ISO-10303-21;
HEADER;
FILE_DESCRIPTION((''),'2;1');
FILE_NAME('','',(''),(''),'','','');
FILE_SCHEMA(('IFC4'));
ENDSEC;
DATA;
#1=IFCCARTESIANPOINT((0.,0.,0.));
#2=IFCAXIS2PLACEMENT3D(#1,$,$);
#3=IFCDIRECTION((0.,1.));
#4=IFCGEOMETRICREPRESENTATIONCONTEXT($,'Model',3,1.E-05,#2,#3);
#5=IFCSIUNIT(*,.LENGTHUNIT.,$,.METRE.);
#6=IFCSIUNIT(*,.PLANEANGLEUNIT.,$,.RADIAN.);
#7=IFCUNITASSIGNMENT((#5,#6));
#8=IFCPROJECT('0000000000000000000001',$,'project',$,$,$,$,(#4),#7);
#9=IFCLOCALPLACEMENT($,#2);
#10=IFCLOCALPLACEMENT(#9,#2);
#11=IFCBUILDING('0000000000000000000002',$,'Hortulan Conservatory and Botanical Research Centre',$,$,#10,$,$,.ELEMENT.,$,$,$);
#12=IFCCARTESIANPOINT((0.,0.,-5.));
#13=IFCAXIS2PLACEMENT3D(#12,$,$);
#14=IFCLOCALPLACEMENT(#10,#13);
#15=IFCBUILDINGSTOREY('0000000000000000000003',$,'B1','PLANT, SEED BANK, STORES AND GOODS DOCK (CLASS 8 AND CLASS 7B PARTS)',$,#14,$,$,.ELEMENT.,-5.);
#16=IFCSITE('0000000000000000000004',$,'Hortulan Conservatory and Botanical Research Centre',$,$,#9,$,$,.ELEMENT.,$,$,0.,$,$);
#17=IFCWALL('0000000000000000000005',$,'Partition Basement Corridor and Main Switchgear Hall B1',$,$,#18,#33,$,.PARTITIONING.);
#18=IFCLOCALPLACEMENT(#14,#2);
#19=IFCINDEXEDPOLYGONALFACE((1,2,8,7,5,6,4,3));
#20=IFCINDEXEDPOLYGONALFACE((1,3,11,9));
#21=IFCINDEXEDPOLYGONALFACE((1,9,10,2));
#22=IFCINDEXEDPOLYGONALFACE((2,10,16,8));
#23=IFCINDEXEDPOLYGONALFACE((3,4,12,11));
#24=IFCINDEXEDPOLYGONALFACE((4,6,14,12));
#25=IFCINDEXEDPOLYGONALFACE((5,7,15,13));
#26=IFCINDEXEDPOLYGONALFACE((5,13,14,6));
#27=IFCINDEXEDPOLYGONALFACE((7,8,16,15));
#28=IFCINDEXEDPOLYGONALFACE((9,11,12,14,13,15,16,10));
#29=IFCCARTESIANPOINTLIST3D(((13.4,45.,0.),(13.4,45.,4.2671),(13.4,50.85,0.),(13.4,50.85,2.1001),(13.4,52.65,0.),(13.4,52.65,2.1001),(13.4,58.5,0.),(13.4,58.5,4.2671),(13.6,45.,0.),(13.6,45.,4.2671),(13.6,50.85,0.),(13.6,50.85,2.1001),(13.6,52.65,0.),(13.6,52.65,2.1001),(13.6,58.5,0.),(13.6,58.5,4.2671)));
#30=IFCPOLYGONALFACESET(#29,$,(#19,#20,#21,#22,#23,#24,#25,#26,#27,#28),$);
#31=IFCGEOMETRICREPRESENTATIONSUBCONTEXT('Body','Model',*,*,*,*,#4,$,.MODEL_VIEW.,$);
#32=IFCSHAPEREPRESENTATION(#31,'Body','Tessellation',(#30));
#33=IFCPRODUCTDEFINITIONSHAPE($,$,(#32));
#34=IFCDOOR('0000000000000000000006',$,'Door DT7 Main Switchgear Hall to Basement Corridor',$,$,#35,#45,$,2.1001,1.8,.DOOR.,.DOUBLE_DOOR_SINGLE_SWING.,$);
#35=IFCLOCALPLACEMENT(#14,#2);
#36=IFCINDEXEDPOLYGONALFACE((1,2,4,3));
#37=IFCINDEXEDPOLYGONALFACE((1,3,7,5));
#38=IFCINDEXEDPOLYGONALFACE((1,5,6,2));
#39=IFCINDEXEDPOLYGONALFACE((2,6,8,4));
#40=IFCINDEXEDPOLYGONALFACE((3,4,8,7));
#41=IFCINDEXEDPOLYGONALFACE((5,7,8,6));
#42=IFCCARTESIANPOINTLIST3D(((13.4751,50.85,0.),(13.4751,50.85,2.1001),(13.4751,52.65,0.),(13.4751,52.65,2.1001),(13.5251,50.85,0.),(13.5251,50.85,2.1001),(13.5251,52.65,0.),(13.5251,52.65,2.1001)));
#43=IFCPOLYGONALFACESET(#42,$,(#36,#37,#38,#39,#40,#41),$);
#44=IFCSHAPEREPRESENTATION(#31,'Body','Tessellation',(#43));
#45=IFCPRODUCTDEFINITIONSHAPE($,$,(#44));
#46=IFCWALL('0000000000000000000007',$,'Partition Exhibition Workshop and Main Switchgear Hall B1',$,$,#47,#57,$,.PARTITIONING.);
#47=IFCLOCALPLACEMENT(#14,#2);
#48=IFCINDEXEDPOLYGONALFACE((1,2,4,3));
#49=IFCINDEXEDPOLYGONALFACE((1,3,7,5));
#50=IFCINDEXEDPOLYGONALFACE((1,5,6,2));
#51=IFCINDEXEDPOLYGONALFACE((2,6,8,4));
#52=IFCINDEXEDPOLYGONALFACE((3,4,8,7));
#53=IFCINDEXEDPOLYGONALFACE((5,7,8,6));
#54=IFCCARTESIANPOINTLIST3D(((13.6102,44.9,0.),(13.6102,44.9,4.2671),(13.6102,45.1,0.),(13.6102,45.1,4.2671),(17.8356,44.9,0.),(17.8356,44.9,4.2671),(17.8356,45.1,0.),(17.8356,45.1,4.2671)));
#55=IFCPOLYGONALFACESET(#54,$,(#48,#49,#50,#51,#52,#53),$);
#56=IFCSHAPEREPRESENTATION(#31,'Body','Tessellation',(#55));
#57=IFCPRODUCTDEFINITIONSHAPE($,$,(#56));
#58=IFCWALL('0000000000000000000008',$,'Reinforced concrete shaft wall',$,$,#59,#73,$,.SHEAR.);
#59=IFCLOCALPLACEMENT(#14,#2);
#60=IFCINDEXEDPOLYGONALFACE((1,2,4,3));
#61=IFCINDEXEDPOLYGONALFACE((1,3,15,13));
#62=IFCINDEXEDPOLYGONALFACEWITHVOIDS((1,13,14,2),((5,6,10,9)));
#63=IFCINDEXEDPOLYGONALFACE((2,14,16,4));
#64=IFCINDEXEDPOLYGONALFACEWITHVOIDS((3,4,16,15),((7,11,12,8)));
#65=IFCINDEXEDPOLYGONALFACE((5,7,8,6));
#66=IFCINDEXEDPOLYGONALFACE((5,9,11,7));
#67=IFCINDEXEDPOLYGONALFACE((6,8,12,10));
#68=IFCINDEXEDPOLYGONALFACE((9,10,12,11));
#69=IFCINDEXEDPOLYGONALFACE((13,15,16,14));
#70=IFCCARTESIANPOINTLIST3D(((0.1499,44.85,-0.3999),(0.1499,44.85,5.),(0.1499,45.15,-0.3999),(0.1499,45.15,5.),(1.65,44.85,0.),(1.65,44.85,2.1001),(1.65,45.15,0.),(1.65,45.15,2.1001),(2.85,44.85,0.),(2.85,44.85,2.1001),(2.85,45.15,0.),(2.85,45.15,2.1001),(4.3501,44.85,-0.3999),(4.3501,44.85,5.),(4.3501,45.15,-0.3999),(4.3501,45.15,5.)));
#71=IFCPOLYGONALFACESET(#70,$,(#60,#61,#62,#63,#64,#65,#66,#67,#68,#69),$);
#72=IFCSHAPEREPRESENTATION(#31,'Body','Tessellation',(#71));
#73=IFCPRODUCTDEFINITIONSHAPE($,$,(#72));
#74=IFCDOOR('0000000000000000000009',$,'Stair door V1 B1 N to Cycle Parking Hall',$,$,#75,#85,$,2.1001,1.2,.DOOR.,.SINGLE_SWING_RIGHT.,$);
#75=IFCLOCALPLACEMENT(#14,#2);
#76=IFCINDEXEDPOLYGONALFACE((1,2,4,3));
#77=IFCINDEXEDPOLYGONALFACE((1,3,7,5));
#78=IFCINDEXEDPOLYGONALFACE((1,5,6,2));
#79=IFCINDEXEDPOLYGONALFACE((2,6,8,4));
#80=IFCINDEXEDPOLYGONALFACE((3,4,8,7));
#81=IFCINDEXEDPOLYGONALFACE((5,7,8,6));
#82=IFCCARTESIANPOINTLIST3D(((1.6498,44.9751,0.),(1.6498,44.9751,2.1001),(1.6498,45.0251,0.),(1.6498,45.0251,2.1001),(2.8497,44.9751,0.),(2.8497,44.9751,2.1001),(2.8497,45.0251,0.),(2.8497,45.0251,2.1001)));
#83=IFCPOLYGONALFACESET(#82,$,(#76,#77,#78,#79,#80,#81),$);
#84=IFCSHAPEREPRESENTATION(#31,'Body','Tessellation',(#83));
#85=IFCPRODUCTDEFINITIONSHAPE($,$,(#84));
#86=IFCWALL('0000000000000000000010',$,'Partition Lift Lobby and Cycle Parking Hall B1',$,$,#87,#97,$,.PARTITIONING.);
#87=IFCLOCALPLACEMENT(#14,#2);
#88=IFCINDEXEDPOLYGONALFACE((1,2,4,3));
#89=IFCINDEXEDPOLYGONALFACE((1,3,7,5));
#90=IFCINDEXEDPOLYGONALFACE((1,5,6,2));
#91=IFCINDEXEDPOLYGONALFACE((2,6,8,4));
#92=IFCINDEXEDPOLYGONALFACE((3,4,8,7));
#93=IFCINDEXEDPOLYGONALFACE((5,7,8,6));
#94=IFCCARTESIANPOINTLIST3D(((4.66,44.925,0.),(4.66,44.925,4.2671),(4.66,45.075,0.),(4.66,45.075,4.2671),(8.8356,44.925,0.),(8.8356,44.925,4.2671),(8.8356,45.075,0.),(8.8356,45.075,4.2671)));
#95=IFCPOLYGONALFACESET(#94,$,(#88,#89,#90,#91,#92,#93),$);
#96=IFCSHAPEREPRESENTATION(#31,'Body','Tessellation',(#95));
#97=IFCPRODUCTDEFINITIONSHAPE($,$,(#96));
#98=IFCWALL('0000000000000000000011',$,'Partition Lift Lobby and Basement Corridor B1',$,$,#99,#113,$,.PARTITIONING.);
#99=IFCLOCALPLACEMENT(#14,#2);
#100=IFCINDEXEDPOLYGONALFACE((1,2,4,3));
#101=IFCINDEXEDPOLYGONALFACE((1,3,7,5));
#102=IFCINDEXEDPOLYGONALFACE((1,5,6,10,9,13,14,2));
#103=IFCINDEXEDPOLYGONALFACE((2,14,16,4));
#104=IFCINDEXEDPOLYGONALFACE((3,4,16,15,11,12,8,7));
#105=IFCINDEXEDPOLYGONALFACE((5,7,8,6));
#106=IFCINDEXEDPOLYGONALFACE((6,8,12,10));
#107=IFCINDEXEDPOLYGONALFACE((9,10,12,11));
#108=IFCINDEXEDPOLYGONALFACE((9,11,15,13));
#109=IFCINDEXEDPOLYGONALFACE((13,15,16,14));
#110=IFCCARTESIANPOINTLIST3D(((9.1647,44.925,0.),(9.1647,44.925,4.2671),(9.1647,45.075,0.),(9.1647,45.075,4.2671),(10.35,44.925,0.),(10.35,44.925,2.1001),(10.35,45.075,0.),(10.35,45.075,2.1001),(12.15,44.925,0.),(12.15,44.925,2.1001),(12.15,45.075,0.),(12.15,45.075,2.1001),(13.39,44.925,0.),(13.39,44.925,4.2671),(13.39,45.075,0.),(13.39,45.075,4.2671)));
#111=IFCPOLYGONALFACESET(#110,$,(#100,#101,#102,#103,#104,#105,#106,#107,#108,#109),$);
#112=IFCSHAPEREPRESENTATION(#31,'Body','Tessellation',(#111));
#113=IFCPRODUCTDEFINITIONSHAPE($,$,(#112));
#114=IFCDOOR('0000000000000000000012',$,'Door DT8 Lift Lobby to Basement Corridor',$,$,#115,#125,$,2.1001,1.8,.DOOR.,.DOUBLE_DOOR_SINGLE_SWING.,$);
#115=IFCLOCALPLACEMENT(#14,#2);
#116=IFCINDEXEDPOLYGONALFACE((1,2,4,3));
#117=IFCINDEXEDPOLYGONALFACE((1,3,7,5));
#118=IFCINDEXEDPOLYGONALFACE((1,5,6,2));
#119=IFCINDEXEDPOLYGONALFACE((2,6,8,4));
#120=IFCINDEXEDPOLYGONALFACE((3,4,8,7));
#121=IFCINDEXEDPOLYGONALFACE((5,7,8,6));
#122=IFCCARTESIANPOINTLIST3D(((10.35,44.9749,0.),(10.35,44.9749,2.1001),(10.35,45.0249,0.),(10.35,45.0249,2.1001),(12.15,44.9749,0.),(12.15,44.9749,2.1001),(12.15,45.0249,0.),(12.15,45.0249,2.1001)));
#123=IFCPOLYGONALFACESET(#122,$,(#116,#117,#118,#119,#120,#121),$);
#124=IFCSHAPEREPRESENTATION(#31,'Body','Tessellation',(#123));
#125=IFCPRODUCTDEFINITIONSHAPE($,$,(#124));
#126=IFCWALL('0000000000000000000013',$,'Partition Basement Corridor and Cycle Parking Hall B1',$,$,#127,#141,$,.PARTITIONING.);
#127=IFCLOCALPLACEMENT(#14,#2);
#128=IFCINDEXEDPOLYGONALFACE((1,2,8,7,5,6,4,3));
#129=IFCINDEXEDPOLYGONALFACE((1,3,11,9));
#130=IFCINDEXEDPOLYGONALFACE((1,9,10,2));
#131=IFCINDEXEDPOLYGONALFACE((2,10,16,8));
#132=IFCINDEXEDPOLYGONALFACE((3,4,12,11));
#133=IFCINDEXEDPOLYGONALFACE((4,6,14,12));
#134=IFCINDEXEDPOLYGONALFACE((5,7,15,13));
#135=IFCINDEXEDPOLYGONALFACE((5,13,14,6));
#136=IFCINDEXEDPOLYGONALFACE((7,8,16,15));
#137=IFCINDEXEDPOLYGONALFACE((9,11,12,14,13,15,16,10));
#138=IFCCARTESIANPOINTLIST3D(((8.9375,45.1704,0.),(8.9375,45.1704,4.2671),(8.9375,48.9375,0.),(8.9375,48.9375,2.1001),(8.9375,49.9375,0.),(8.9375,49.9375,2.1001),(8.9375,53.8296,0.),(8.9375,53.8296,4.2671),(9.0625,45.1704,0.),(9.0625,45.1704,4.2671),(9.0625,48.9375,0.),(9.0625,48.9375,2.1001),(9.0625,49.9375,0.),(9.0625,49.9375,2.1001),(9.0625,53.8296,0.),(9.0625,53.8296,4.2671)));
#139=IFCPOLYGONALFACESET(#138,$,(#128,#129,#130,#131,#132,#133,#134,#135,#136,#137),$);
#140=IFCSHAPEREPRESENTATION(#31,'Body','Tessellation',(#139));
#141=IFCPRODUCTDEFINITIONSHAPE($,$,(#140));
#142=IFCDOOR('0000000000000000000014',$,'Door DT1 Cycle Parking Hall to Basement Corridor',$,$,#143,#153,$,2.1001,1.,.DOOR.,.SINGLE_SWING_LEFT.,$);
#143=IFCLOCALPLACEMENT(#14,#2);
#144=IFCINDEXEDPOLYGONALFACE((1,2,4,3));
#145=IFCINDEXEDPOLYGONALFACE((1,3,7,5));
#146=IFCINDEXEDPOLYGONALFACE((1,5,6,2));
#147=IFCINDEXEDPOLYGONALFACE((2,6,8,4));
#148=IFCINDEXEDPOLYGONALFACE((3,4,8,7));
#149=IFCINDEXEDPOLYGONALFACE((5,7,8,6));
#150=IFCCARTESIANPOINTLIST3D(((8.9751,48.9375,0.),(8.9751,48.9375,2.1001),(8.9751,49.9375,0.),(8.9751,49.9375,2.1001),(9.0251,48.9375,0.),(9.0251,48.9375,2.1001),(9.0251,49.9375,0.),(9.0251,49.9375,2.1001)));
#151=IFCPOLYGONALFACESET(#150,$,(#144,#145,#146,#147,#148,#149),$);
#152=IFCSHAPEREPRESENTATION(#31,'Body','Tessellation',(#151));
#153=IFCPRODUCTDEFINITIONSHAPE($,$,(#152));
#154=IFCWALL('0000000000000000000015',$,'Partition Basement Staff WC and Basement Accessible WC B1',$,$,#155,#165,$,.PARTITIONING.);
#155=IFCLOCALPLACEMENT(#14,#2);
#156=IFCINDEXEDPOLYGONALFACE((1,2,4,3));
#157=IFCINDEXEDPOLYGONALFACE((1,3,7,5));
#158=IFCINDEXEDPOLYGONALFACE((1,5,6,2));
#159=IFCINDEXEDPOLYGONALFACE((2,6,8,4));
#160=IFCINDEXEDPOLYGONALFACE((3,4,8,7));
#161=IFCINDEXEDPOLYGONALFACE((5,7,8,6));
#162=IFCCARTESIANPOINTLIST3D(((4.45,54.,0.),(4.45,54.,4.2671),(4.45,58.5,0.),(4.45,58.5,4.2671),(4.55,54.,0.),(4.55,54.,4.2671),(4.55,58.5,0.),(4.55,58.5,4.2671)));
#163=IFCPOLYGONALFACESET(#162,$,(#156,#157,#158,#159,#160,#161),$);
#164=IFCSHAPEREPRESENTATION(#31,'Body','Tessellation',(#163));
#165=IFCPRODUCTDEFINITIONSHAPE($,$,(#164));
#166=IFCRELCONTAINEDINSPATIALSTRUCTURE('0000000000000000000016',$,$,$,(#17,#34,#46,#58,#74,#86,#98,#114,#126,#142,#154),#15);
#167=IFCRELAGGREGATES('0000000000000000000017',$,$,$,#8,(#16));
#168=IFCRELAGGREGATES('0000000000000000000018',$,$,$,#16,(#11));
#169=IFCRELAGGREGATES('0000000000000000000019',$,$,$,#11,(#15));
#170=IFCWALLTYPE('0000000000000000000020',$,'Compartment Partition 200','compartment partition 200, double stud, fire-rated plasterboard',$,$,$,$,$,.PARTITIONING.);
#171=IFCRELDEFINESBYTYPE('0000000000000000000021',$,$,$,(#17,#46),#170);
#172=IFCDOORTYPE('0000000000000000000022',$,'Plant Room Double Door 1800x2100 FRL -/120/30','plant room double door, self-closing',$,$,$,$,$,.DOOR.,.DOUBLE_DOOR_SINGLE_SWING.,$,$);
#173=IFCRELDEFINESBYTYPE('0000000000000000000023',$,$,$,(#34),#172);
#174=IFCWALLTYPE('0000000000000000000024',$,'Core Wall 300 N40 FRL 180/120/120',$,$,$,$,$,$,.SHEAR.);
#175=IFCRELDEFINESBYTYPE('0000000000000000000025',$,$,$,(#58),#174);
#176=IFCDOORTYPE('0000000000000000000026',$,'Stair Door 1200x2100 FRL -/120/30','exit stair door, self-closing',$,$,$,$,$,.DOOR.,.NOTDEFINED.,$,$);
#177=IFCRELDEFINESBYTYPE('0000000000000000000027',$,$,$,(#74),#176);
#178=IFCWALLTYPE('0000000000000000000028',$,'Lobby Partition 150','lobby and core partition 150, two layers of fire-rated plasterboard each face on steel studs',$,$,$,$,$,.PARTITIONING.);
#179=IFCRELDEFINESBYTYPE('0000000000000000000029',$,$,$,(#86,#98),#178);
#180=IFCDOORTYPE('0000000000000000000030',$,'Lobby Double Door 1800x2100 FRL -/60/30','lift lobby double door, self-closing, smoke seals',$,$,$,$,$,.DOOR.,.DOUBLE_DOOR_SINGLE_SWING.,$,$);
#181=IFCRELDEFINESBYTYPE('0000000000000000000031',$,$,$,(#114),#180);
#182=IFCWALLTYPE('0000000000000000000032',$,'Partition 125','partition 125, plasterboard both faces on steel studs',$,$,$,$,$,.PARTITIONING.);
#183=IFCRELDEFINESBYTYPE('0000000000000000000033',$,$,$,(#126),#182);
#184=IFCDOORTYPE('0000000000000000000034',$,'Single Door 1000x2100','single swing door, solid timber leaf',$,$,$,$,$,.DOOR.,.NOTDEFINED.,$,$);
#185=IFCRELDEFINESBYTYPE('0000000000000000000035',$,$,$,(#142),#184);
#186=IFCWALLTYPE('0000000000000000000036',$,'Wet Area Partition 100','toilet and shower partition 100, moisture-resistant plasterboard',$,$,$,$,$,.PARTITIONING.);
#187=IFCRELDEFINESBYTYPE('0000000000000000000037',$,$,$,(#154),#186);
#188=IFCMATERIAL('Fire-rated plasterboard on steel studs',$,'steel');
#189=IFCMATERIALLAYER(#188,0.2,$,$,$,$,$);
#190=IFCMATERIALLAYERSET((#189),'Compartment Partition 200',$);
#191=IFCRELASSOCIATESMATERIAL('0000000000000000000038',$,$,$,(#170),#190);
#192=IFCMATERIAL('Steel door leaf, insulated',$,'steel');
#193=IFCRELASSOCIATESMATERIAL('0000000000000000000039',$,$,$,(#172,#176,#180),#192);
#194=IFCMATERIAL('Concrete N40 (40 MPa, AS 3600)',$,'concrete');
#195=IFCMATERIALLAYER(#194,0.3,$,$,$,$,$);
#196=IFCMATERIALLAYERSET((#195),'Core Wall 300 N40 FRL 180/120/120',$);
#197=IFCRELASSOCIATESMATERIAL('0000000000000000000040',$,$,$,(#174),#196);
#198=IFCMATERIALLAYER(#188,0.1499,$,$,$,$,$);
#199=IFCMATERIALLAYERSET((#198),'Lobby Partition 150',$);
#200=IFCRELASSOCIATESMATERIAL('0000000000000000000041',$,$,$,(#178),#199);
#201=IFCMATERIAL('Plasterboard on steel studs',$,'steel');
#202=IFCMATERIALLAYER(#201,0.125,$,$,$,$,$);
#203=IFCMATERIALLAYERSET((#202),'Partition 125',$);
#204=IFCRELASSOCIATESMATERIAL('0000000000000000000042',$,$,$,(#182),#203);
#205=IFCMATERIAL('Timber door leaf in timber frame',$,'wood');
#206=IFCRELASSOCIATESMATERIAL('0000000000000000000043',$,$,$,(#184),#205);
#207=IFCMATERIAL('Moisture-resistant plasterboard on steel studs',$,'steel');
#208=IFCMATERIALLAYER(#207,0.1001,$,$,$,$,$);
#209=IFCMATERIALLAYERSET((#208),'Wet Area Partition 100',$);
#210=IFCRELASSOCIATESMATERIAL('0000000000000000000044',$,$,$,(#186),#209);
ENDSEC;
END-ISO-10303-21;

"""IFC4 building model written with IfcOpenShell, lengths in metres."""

from ifc_helpers import new_model, si_unit, direction, frame, frame_2d, origin, place, context, subcontext, project, spatial, rectangle, extrude, material, layer, layer_set, type_object, element, fill, save


model = new_model("IFC4")

# Units and contexts
model_context = context("Model", 3, precision=1e-05, world=origin(), true_north=direction((0.0, 1.0)))
body_context = subcontext(model_context, "Body", "Model", "MODEL_VIEW")
ifc_project = project(units=[si_unit("LENGTHUNIT", "METRE"), si_unit("PLANEANGLEUNIT", "RADIAN")], contexts=[model_context])

# Site, building, storey
site_placement = place(None, origin())
site = spatial("IfcSite", under=ifc_project, at=site_placement, Name="Hortulan Conservatory and Botanical Research Centre", CompositionType="ELEMENT", RefElevation=0.0)
building_placement = place(site_placement, origin())
building = spatial("IfcBuilding", under=site, at=building_placement, Name="Hortulan Conservatory and Botanical Research Centre", CompositionType="ELEMENT")
storey_placement = place(building_placement, frame((0.0, 0.0, -5.0)))
storey = spatial("IfcBuildingStorey", under=building, at=storey_placement, Name="B1", Description="PLANT, SEED BANK, STORES AND GOODS DOCK (CLASS 8 AND CLASS 7B PARTS)", CompositionType="ELEMENT", Elevation=-5.0)

# Shared definitions
ifc_material_1 = material(Name="Concrete N40 (40 MPa, AS 3600)", Category="concrete")

# Wall, opening, door
ifc_material_2 = material(Name="Fire-rated plasterboard on steel studs", Category="steel")
ifc_layer_1 = layer(ifc_material_2, 0.2)
ifc_layer_set_1 = layer_set([ifc_layer_1], Name="Compartment Partition 200")
wall_type_1 = type_object("IfcWallType", Name="Compartment Partition 200", Description="compartment partition 200, double stud, fire-rated plasterboard", PredefinedType="PARTITIONING", material=ifc_layer_set_1)
wall_1_placement = place(storey_placement, frame((13.5, 45.0, 0.0), z_axis=(0.0, 0.0, 1.0), x_axis=(0.0, 1.0, 0.0)))
wall_1 = element("IfcWall", 1, at=wall_1_placement, inside=storey, type_object=wall_type_1, Name="Partition Basement Corridor and Main Switchgear Hall B1", PredefinedType="PARTITIONING", context=body_context, shape_type="SweptSolid", body=[
    extrude(rectangle(XDim=13.5, YDim=0.2, at=frame_2d((6.75, 0.0))), origin(), (0.0, 0.0, 1.0), 4.2671),
])
opening_1_placement = place(wall_1_placement, frame((5.8501, 0.0, 0.0)))
opening_1 = element("IfcOpeningElement", 2, at=opening_1_placement, cuts=wall_1, PredefinedType="OPENING", context=body_context, shape_type="SweptSolid", body=[
    extrude(rectangle(XDim=1.8, YDim=2.1001, at=frame_2d((0.8999, 1.05))), frame((0.0, 0.1099, 0.0), z_axis=(0.0, -1.0, 0.0), x_axis=(1.0, 0.0, 0.0)), (0.0, 0.0, 1.0), 0.22),
])
ifc_material_3 = material(Name="Steel door leaf, insulated", Category="steel")
door_type_1 = type_object("IfcDoorType", Name="Plant Room Double Door 1800x2100 FRL -/120/30", Description="plant room double door, self-closing", OperationType="DOUBLE_DOOR_SINGLE_SWING", PredefinedType="DOOR", material=ifc_material_3)
door_1_placement = place(opening_1_placement, origin())
door_1 = element("IfcDoor", 3, at=door_1_placement, inside=storey, type_object=door_type_1, Name="Door DT7 Main Switchgear Hall to Basement Corridor", OperationType="DOUBLE_DOOR_SINGLE_SWING", OverallHeight=2.1001, OverallWidth=1.8, PredefinedType="DOOR", context=body_context, shape_type="SweptSolid", body=[
    extrude(rectangle(XDim=1.8, YDim=2.1001, at=frame_2d((0.8999, 1.05))), frame((0.0, 0.0249, 0.0), z_axis=(0.0, -1.0, 0.0), x_axis=(1.0, 0.0, 0.0)), (0.0, 0.0, 1.0), 0.05),
])
fill(opening_1, door_1)

# Wall
wall_2_placement = place(storey_placement, frame((13.6101, 45.0, 0.0), z_axis=(0.0, 0.0, 1.0), x_axis=(1.0, 0.0, 0.0)))
element("IfcWall", 4, at=wall_2_placement, inside=storey, type_object=wall_type_1, Name="Partition Exhibition Workshop and Main Switchgear Hall B1", PredefinedType="PARTITIONING", context=body_context, shape_type="SweptSolid", body=[
    extrude(rectangle(XDim=4.2253, YDim=0.2, at=frame_2d((2.1128, 0.0))), origin(), (0.0, 0.0, 1.0), 4.2671),
])

# Wall, opening, door
ifc_layer_2 = layer(ifc_material_1, 0.3)
ifc_layer_set_2 = layer_set([ifc_layer_2], Name="Core Wall 300 N40 FRL 180/120/120")
wall_type_2 = type_object("IfcWallType", Name="Core Wall 300 N40 FRL 180/120/120", PredefinedType="SHEAR", material=ifc_layer_set_2)
wall_3_placement = place(storey_placement, frame((0.1499, 45.0, -0.3999), z_axis=(0.0, 0.0, 1.0), x_axis=(1.0, 0.0, 0.0)))
wall_3 = element("IfcWall", 5, at=wall_3_placement, inside=storey, type_object=wall_type_2, Name="Reinforced concrete shaft wall", PredefinedType="SHEAR", context=body_context, shape_type="SweptSolid", body=[
    extrude(rectangle(XDim=4.2002, YDim=0.3, at=frame_2d((2.1001, 0.0))), origin(), (0.0, 0.0, 1.0), 5.3999),
])
opening_2_placement = place(wall_3_placement, frame((1.5, 0.0, 0.3999)))
opening_2 = element("IfcOpeningElement", 6, at=opening_2_placement, cuts=wall_3, PredefinedType="OPENING", context=body_context, shape_type="SweptSolid", body=[
    extrude(rectangle(XDim=1.2, YDim=2.1001, at=frame_2d((0.6001, 1.05))), frame((0.0, 0.1599, 0.0), z_axis=(0.0, -1.0, 0.0), x_axis=(1.0, 0.0, 0.0)), (0.0, 0.0, 1.0), 0.3201),
])
door_type_2 = type_object("IfcDoorType", Name="Stair Door 1200x2100 FRL -/120/30", Description="exit stair door, self-closing", OperationType="NOTDEFINED", PredefinedType="DOOR", material=ifc_material_3)
door_2_placement = place(opening_2_placement, frame((1.2, 0.0, 0.0), z_axis=(0.0, 0.0, 1.0), x_axis=(-1.0, 0.0, 0.0)))
door_2 = element("IfcDoor", 7, at=door_2_placement, inside=storey, type_object=door_type_2, Name="Stair door V1 B1 N to Cycle Parking Hall", OperationType="SINGLE_SWING_RIGHT", OverallHeight=2.1001, OverallWidth=1.2, PredefinedType="DOOR", context=body_context, shape_type="SweptSolid", body=[
    extrude(rectangle(XDim=1.2, YDim=2.1001, at=frame_2d((0.6001, 1.05))), frame((0.0, 0.0249, 0.0), z_axis=(0.0, -1.0, 0.0), x_axis=(1.0, 0.0, 0.0)), (0.0, 0.0, 1.0), 0.05),
])
fill(opening_2, door_2)

# Wall
ifc_layer_3 = layer(ifc_material_2, 0.1499)
ifc_layer_set_3 = layer_set([ifc_layer_3], Name="Lobby Partition 150")
wall_type_3 = type_object("IfcWallType", Name="Lobby Partition 150", Description="lobby and core partition 150, two layers of fire-rated plasterboard each face on steel studs", PredefinedType="PARTITIONING", material=ifc_layer_set_3)
wall_4_placement = place(storey_placement, frame((4.6599, 45.0, 0.0), z_axis=(0.0, 0.0, 1.0), x_axis=(1.0, 0.0, 0.0)))
element("IfcWall", 8, at=wall_4_placement, inside=storey, type_object=wall_type_3, Name="Partition Lift Lobby and Cycle Parking Hall B1", PredefinedType="PARTITIONING", context=body_context, shape_type="SweptSolid", body=[
    extrude(rectangle(XDim=4.1755, YDim=0.1499, at=frame_2d((2.0879, 0.0))), origin(), (0.0, 0.0, 1.0), 4.2671),
])

# Walls, openings, doors
wall_5_placement = place(storey_placement, frame((9.1646, 45.0, 0.0), z_axis=(0.0, 0.0, 1.0), x_axis=(1.0, 0.0, 0.0)))
wall_5 = element("IfcWall", 9, at=wall_5_placement, inside=storey, type_object=wall_type_3, Name="Partition Lift Lobby and Basement Corridor B1", PredefinedType="PARTITIONING", context=body_context, shape_type="SweptSolid", body=[
    extrude(rectangle(XDim=4.2253, YDim=0.1499, at=frame_2d((2.1128, 0.0))), origin(), (0.0, 0.0, 1.0), 4.2671),
])
opening_3_placement = place(wall_5_placement, frame((1.1855, 0.0, 0.0)))
opening_3 = element("IfcOpeningElement", 10, at=opening_3_placement, cuts=wall_5, PredefinedType="OPENING", context=body_context, shape_type="SweptSolid", body=[
    extrude(rectangle(XDim=1.8, YDim=2.1001, at=frame_2d((0.8999, 1.05))), frame((0.0, 0.085, 0.0), z_axis=(0.0, -1.0, 0.0), x_axis=(1.0, 0.0, 0.0)), (0.0, 0.0, 1.0), 0.1699),
])
door_type_3 = type_object("IfcDoorType", Name="Lobby Double Door 1800x2100 FRL -/60/30", Description="lift lobby double door, self-closing, smoke seals", OperationType="DOUBLE_DOOR_SINGLE_SWING", PredefinedType="DOOR", material=ifc_material_3)
door_3_placement = place(opening_3_placement, origin())
door_3 = element("IfcDoor", 11, at=door_3_placement, inside=storey, type_object=door_type_3, Name="Door DT8 Lift Lobby to Basement Corridor", OperationType="DOUBLE_DOOR_SINGLE_SWING", OverallHeight=2.1001, OverallWidth=1.8, PredefinedType="DOOR", context=body_context, shape_type="SweptSolid", body=[
    extrude(rectangle(XDim=1.8, YDim=2.1001, at=frame_2d((0.8999, 1.05))), frame((0.0, 0.0249, 0.0), z_axis=(0.0, -1.0, 0.0), x_axis=(1.0, 0.0, 0.0)), (0.0, 0.0, 1.0), 0.05),
])
fill(opening_3, door_3)
ifc_material_4 = material(Name="Plasterboard on steel studs", Category="steel")
ifc_layer_4 = layer(ifc_material_4, 0.125)
ifc_layer_set_4 = layer_set([ifc_layer_4], Name="Partition 125")
wall_type_4 = type_object("IfcWallType", Name="Partition 125", Description="partition 125, plasterboard both faces on steel studs", PredefinedType="PARTITIONING", material=ifc_layer_set_4)
wall_6_placement = place(storey_placement, frame((9.0, 45.1704, 0.0), z_axis=(0.0, 0.0, 1.0), x_axis=(0.0, 1.0, 0.0)))
wall_6 = element("IfcWall", 12, at=wall_6_placement, inside=storey, type_object=wall_type_4, Name="Partition Basement Corridor and Cycle Parking Hall B1", PredefinedType="PARTITIONING", context=body_context, shape_type="SweptSolid", body=[
    extrude(rectangle(XDim=8.6592, YDim=0.125, at=frame_2d((4.3296, 0.0))), origin(), (0.0, 0.0, 1.0), 4.2671),
])
opening_4_placement = place(wall_6_placement, frame((3.7671, 0.0, 0.0)))
opening_4 = element("IfcOpeningElement", 13, at=opening_4_placement, cuts=wall_6, PredefinedType="OPENING", context=body_context, shape_type="SweptSolid", body=[
    extrude(rectangle(XDim=1.0, YDim=2.1001, at=frame_2d((0.5, 1.05))), frame((0.0, 0.0725, 0.0), z_axis=(0.0, -1.0, 0.0), x_axis=(1.0, 0.0, 0.0)), (0.0, 0.0, 1.0), 0.145),
])
ifc_material_5 = material(Name="Timber door leaf in timber frame", Category="wood")
door_type_4 = type_object("IfcDoorType", Name="Single Door 1000x2100", Description="single swing door, solid timber leaf", OperationType="NOTDEFINED", PredefinedType="DOOR", material=ifc_material_5)
door_4_placement = place(opening_4_placement, origin())
door_4 = element("IfcDoor", 14, at=door_4_placement, inside=storey, type_object=door_type_4, Name="Door DT1 Cycle Parking Hall to Basement Corridor", OperationType="SINGLE_SWING_LEFT", OverallHeight=2.1001, OverallWidth=1.0, PredefinedType="DOOR", context=body_context, shape_type="SweptSolid", body=[
    extrude(rectangle(XDim=1.0, YDim=2.1001, at=frame_2d((0.5, 1.05))), frame((0.0, 0.0249, 0.0), z_axis=(0.0, -1.0, 0.0), x_axis=(1.0, 0.0, 0.0)), (0.0, 0.0, 1.0), 0.05),
])
fill(opening_4, door_4)

# Wall
ifc_material_6 = material(Name="Moisture-resistant plasterboard on steel studs", Category="steel")
ifc_layer_5 = layer(ifc_material_6, 0.1001)
ifc_layer_set_5 = layer_set([ifc_layer_5], Name="Wet Area Partition 100")
wall_type_5 = type_object("IfcWallType", Name="Wet Area Partition 100", Description="toilet and shower partition 100, moisture-resistant plasterboard", PredefinedType="PARTITIONING", material=ifc_layer_set_5)
wall_7_placement = place(storey_placement, frame((4.5, 54.0, 0.0), z_axis=(0.0, 0.0, 1.0), x_axis=(0.0, 1.0, 0.0)))
element("IfcWall", 15, at=wall_7_placement, inside=storey, type_object=wall_type_5, Name="Partition Basement Staff WC and Basement Accessible WC B1", PredefinedType="PARTITIONING", context=body_context, shape_type="SweptSolid", body=[
    extrude(rectangle(XDim=4.5, YDim=0.1001, at=frame_2d((2.25, 0.0))), origin(), (0.0, 0.0, 1.0), 4.2671),
])

save(model, "model.ifc")
